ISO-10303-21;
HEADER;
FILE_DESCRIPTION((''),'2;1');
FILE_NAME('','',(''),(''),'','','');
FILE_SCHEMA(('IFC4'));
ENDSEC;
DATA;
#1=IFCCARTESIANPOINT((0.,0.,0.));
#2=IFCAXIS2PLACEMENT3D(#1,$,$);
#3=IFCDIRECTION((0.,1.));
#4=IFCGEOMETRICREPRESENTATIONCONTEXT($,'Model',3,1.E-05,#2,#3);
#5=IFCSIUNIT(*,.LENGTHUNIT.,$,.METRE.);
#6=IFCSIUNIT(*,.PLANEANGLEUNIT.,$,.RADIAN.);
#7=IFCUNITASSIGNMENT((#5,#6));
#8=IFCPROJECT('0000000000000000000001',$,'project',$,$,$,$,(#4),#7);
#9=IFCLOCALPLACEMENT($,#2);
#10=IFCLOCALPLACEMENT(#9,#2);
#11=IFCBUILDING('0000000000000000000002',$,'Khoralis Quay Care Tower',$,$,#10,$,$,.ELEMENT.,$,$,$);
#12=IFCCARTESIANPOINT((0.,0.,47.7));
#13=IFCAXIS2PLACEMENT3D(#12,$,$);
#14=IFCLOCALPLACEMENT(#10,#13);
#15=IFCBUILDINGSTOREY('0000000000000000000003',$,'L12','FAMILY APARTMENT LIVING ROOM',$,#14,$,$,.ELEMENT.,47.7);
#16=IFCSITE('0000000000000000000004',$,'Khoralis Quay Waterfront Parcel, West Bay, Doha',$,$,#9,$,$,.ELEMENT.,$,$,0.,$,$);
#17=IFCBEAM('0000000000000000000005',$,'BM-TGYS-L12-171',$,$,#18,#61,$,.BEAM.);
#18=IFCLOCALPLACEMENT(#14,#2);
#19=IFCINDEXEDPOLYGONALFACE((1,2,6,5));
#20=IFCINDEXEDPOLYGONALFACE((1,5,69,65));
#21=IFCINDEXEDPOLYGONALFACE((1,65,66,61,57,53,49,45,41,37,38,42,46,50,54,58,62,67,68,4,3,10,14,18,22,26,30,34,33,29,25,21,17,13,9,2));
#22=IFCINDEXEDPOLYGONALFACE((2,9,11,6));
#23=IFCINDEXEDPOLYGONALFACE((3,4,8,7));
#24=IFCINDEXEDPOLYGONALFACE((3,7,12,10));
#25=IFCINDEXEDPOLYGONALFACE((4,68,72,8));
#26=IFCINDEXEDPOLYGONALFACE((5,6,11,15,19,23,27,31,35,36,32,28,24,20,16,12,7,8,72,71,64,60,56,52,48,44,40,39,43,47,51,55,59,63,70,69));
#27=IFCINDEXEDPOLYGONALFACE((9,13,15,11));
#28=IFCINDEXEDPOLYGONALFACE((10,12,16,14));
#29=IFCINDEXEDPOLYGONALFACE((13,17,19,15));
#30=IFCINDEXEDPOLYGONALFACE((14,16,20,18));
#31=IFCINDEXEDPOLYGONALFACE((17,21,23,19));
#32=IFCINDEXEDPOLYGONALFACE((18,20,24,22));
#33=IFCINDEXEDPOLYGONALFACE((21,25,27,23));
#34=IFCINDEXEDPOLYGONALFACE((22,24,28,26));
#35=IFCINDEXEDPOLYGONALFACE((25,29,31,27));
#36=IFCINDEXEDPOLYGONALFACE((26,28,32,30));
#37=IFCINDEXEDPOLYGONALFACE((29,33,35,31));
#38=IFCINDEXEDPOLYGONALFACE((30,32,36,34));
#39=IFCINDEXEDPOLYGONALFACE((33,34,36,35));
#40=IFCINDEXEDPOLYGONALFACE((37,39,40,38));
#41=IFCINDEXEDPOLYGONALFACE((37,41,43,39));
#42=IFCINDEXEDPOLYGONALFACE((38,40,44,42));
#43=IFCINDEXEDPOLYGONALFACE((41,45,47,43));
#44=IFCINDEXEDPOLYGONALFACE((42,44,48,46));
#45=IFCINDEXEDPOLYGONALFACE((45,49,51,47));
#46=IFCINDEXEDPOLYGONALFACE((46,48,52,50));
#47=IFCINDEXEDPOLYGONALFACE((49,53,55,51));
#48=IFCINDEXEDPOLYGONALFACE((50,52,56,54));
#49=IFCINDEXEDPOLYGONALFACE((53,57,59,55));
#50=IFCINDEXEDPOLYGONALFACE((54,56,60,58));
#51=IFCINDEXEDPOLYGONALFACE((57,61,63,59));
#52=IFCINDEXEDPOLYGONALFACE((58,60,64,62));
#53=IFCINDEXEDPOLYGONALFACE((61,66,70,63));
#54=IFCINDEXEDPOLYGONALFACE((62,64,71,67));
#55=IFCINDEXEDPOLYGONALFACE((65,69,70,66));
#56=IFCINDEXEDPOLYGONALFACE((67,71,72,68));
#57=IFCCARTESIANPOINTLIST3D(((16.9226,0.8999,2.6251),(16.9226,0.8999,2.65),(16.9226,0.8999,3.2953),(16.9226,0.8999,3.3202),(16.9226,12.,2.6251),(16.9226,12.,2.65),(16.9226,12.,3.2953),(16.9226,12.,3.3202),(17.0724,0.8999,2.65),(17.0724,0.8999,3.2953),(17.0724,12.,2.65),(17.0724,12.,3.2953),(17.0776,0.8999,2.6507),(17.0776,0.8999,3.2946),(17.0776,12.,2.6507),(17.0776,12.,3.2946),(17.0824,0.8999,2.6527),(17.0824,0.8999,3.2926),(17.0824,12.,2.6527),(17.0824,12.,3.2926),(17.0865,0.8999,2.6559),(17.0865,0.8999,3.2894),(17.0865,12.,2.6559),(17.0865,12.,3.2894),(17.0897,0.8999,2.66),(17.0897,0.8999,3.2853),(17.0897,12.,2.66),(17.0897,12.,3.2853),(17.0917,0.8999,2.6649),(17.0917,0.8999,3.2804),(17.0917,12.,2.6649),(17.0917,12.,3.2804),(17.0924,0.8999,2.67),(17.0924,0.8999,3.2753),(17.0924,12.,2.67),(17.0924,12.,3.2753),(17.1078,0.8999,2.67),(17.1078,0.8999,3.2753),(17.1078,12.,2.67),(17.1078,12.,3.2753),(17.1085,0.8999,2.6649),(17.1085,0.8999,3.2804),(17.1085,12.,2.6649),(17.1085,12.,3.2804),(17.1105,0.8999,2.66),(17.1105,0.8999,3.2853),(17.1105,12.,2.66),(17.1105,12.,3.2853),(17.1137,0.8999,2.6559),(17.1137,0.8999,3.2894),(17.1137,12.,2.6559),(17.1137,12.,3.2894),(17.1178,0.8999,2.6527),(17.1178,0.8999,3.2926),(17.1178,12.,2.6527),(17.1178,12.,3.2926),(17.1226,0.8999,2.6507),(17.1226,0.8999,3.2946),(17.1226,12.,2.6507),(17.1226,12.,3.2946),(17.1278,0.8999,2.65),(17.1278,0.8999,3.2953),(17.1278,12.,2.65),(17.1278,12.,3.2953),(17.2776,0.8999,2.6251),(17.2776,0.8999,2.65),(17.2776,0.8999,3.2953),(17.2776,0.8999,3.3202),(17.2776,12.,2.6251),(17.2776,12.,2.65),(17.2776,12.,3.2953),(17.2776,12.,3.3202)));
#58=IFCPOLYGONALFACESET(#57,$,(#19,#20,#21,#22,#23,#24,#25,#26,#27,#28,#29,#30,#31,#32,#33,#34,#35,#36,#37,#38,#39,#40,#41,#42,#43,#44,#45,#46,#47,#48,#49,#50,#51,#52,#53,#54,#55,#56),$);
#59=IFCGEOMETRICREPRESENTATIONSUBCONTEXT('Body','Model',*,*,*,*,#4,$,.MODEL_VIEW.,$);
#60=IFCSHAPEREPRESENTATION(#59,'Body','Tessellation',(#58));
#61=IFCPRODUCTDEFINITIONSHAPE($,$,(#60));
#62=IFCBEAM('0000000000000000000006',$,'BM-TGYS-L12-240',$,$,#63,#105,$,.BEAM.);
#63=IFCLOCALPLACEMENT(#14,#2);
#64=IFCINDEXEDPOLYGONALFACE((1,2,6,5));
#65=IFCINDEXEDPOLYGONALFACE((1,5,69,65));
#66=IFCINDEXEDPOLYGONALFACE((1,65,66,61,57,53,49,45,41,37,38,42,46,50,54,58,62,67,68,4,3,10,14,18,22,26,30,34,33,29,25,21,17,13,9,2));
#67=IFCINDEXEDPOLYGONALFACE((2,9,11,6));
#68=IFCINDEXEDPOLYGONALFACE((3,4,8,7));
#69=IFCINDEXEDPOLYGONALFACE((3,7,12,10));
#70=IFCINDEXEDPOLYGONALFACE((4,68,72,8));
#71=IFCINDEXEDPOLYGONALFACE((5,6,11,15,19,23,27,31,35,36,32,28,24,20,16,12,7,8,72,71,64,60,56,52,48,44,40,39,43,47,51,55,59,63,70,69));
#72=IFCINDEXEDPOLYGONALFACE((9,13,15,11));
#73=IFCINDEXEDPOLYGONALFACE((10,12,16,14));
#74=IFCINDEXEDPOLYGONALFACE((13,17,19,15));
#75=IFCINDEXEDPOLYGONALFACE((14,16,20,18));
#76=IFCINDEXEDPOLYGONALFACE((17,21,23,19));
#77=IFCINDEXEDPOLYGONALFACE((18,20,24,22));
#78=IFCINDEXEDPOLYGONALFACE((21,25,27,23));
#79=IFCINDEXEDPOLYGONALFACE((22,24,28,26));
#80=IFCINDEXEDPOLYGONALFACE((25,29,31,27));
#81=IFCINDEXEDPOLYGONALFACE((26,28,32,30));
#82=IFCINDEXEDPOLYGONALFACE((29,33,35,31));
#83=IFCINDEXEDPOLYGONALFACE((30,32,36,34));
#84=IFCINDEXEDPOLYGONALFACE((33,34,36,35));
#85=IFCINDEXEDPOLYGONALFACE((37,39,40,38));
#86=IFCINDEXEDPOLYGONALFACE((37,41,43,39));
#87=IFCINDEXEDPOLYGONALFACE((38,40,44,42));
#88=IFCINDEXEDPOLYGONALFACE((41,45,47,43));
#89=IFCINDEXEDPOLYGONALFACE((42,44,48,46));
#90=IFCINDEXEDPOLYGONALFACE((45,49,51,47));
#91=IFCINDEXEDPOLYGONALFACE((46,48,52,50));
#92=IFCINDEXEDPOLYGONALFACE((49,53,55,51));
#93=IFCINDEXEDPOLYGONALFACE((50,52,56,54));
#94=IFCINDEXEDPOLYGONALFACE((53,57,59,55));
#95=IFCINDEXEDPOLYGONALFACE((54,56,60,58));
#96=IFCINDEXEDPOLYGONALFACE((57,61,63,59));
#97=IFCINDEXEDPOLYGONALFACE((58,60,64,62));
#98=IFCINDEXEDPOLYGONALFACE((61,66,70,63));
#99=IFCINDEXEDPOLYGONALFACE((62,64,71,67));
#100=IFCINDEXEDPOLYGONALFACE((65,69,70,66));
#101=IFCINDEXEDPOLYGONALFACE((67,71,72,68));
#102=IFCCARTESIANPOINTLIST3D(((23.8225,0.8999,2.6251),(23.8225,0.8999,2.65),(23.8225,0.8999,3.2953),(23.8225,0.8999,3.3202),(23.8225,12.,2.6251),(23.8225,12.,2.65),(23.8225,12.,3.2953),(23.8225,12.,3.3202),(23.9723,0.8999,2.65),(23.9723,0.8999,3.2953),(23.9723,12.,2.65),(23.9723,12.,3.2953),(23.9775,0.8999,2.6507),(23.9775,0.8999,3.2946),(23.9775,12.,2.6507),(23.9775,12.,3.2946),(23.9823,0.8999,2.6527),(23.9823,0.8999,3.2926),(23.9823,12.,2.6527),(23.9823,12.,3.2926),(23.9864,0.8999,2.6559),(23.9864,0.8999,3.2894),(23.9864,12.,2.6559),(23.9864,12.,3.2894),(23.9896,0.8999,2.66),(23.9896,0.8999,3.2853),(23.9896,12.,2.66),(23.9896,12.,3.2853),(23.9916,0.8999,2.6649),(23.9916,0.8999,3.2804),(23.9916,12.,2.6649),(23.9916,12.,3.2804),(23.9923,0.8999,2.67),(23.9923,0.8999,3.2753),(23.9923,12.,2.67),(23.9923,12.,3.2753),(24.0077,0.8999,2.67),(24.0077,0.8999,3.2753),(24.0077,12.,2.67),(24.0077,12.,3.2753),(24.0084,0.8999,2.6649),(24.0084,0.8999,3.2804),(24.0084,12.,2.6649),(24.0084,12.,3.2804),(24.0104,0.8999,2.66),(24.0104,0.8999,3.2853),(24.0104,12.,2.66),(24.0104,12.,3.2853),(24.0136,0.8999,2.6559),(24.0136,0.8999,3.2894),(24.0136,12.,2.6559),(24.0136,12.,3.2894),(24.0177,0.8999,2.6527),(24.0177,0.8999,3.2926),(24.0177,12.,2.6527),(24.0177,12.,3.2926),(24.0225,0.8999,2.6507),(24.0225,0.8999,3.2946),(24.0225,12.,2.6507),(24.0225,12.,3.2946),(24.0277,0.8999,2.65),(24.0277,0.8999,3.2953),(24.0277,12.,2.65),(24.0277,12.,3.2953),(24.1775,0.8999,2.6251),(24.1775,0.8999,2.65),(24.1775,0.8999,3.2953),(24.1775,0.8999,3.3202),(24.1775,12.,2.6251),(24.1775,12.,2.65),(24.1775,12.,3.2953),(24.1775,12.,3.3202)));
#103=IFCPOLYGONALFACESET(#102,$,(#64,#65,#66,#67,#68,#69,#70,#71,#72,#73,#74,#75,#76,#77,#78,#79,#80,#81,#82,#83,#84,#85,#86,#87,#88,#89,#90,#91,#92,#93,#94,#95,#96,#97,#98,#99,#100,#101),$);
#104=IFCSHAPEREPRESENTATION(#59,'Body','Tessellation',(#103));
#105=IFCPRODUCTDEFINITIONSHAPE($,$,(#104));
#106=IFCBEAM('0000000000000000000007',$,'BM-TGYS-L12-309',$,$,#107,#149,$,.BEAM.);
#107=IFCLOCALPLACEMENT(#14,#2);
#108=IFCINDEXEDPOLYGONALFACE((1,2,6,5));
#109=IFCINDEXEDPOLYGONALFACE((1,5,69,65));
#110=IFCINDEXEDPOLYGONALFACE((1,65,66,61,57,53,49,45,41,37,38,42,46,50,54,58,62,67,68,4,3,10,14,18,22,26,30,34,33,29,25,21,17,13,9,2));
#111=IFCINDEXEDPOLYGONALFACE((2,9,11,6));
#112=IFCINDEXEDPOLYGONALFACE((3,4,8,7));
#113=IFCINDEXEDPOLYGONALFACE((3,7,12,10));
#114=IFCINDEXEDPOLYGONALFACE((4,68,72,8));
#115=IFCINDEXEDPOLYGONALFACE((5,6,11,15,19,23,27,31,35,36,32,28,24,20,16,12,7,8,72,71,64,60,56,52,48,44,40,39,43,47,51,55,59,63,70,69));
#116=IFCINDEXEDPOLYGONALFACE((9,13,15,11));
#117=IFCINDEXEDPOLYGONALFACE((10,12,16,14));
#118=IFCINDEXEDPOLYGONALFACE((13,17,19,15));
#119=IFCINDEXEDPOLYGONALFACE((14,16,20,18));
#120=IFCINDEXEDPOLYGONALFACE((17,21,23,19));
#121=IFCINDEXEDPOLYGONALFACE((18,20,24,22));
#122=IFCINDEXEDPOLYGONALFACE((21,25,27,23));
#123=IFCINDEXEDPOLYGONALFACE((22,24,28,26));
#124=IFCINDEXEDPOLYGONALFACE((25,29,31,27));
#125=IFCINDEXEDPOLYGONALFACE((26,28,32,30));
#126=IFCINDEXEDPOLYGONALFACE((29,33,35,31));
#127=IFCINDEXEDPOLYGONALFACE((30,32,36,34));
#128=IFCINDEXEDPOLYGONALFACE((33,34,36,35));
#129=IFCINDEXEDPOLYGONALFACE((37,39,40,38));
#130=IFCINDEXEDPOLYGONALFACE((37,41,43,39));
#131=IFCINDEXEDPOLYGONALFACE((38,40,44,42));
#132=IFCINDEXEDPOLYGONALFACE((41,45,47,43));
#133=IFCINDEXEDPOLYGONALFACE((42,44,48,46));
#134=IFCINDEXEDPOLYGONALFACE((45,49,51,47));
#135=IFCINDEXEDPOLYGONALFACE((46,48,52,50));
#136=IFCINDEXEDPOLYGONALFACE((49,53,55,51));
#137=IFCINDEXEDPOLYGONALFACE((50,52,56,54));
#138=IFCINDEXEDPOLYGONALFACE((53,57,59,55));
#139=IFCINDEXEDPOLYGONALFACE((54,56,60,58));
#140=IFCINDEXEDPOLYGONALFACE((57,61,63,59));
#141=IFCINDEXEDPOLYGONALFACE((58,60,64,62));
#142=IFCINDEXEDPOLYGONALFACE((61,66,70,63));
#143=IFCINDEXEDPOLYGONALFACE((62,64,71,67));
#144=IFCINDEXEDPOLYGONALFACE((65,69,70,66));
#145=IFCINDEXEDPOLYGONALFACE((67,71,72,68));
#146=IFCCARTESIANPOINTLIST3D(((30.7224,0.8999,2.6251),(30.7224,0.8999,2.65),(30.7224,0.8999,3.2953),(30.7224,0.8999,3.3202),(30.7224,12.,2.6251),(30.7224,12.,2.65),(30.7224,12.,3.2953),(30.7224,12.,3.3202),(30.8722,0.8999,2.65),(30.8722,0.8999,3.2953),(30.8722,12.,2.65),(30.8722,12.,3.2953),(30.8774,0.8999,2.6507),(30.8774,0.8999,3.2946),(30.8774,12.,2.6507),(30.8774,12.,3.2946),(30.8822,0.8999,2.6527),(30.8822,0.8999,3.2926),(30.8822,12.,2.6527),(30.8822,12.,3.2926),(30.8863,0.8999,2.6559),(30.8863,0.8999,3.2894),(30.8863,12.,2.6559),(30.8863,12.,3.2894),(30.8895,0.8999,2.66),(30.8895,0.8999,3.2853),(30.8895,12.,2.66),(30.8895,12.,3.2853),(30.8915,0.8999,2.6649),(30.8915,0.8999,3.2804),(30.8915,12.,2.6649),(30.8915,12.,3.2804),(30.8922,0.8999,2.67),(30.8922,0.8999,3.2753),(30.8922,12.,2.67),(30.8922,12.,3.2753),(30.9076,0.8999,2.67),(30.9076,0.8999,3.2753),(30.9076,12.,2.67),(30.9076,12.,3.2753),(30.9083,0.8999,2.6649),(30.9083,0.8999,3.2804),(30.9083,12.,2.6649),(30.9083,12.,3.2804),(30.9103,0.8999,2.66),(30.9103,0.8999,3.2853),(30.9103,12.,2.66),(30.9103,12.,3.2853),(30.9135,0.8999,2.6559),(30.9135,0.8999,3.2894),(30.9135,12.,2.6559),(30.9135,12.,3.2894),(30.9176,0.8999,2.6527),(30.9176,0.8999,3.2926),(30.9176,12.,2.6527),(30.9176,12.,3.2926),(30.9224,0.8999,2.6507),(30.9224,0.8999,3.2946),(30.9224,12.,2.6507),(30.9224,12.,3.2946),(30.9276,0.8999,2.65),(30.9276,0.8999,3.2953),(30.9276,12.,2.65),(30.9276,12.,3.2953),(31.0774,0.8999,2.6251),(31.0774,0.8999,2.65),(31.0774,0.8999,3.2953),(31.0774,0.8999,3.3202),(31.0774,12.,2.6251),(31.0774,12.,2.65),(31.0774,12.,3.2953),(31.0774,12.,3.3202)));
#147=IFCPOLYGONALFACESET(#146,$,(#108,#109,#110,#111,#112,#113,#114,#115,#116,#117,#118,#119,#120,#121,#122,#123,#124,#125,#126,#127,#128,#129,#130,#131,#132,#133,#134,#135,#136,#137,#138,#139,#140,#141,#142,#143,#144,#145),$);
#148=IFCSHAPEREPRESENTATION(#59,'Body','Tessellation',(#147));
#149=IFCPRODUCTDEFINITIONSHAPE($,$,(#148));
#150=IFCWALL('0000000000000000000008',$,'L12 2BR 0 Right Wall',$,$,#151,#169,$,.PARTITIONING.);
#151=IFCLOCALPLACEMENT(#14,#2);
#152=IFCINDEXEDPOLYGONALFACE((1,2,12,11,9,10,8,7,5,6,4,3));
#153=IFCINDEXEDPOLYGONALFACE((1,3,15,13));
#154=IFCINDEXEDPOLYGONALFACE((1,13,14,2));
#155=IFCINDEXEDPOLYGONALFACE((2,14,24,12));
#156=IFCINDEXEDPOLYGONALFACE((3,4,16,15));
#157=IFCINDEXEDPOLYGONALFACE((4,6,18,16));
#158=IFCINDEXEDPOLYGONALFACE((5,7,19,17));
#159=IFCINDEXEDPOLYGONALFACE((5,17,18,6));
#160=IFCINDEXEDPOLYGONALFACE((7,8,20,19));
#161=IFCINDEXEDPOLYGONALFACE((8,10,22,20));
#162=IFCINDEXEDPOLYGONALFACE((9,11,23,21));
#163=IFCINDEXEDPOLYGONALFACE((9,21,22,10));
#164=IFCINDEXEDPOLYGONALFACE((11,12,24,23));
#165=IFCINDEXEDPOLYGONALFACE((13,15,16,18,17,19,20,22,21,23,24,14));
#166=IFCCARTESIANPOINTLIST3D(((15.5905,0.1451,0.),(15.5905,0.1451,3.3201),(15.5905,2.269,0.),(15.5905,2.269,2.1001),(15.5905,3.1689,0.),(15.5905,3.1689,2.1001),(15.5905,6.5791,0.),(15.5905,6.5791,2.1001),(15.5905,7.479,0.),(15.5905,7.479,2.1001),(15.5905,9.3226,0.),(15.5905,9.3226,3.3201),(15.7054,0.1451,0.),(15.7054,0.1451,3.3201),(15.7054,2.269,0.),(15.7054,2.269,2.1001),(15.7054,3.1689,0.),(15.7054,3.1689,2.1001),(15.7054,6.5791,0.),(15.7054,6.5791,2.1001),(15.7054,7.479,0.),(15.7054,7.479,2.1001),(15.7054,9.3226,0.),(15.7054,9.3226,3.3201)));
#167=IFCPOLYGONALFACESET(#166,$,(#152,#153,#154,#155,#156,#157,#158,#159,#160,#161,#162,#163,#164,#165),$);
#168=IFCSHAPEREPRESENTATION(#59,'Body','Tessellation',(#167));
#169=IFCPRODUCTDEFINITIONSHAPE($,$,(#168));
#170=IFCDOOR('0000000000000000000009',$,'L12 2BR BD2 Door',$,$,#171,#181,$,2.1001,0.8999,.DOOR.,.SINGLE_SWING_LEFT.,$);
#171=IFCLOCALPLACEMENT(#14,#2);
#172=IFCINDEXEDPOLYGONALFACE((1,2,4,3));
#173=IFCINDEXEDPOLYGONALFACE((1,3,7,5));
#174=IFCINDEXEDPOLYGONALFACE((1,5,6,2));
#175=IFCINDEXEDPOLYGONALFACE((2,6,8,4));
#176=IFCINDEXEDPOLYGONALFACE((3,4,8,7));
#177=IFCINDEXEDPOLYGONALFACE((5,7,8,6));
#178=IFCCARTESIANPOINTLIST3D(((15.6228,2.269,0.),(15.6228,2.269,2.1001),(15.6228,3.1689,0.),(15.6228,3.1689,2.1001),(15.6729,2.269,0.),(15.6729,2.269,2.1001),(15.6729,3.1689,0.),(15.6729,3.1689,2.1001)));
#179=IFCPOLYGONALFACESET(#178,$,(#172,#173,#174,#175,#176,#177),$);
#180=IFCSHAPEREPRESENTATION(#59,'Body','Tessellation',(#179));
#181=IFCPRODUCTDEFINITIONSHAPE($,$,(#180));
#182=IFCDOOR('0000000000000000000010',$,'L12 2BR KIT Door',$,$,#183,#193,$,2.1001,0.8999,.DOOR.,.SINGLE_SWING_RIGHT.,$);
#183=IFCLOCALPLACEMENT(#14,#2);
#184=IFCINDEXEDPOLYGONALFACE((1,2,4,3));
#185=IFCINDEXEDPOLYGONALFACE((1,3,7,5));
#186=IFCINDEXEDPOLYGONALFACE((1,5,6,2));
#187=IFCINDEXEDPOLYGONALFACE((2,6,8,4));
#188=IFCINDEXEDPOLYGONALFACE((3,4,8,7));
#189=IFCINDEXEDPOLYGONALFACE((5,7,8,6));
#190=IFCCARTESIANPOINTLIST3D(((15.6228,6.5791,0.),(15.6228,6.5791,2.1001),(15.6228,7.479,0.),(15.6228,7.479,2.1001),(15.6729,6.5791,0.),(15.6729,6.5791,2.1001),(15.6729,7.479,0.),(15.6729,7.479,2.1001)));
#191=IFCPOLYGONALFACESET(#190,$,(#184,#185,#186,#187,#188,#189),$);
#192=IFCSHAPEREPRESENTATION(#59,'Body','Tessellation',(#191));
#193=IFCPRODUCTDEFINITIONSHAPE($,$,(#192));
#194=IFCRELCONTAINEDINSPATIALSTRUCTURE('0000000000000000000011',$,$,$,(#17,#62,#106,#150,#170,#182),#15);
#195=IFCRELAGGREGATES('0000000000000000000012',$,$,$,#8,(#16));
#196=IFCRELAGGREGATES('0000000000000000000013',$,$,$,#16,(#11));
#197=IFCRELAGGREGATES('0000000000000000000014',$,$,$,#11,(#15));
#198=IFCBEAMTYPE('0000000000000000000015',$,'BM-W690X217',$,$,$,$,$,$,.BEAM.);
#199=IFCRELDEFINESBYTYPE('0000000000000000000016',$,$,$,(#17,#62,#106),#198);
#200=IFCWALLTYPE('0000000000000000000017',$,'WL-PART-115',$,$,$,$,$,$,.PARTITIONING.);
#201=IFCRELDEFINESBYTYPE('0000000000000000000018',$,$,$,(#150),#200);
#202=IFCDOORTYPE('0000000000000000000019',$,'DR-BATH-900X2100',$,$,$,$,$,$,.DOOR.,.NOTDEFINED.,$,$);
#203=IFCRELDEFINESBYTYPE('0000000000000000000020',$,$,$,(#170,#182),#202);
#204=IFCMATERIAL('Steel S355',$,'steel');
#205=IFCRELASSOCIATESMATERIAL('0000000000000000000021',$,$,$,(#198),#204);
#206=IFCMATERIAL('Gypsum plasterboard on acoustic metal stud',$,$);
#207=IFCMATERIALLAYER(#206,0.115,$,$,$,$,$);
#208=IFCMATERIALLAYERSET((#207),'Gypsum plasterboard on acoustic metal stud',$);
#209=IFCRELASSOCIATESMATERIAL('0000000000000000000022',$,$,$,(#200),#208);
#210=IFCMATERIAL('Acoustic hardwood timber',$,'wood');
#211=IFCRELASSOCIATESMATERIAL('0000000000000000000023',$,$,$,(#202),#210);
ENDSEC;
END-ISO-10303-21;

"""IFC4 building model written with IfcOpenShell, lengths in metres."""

from ifc_helpers import new_model, si_unit, direction, frame, frame_2d, origin, origin_2d, place, context, subcontext, project, spatial, rectangle, i_section, extrude, source, transform, mapped, material, layer, layer_set, material_profile, profile_set, type_object, element, fill, save


model = new_model("IFC4")

# Units and contexts
model_context = context("Model", 3, precision=1e-05, world=origin(), true_north=direction((0.0, 1.0)))
body_context = subcontext(model_context, "Body", "Model", "MODEL_VIEW")
ifc_project = project(units=[si_unit("LENGTHUNIT", "METRE"), si_unit("PLANEANGLEUNIT", "RADIAN")], contexts=[model_context])

# Site, building, storey
site_placement = place(None, origin())
site = spatial("IfcSite", under=ifc_project, at=site_placement, Name="Khoralis Quay Waterfront Parcel, West Bay, Doha", CompositionType="ELEMENT", RefElevation=0.0)
building_placement = place(site_placement, origin())
building = spatial("IfcBuilding", under=site, at=building_placement, Name="Khoralis Quay Care Tower", CompositionType="ELEMENT")
storey_placement = place(building_placement, frame((0.0, 0.0, 47.7)))
storey = spatial("IfcBuildingStorey", under=building, at=storey_placement, Name="L12", Description="FAMILY APARTMENT LIVING ROOM", CompositionType="ELEMENT", Elevation=47.7)

# Beams
ifc_material_1 = material(Name="Steel S355", Category="steel")
ifc_material_profile_1 = material_profile(ifc_material_1, i_section(OverallWidth=0.355, OverallDepth=0.6951, WebThickness=0.0154, FlangeThickness=0.0249, FilletRadius=0.02, at=origin_2d()), Name="Steel S355")
ifc_profile_set_1 = profile_set([ifc_material_profile_1], Name="Steel S355")
beam_type_1 = type_object("IfcBeamType", Name="BM-W690X217", PredefinedType="BEAM", material=ifc_profile_set_1)
shared_shape_1 = source(origin(), body_context, "Body", "SweptSolid", [
    extrude(i_section(OverallWidth=0.355, OverallDepth=0.6951, WebThickness=0.0154, FlangeThickness=0.0249, FilletRadius=0.02, at=origin_2d()), origin(), (0.0, 0.0, 1.0), 11.1001),
])
for number, where, z_axis, x_axis, name in (
    (1, (17.1001, 0.8999, 2.9727), (0.0, 1.0, 0.0), (-1.0, 0.0, 0.0), "BM-TGYS-L12-171"),
    (2, (24.0, 0.8999, 2.9727), (0.0, 1.0, 0.0), (-1.0, 0.0, 0.0), "BM-TGYS-L12-240"),
    (3, (30.8999, 0.8999, 2.9727), (0.0, 1.0, 0.0), (-1.0, 0.0, 0.0), "BM-TGYS-L12-309"),
):
    element("IfcBeam", number, at=place(storey_placement, frame(where, z_axis=z_axis, x_axis=x_axis)), inside=storey, type_object=beam_type_1, Name=name, PredefinedType="BEAM", context=body_context, shape_type="MappedRepresentation", body=[
        mapped(shared_shape_1, transform((0.0, 0.0, 0.0), scale=1.0)),
    ])

# Wall, openings, doors
ifc_material_2 = material(Name="Gypsum plasterboard on acoustic metal stud")
ifc_layer_1 = layer(ifc_material_2, 0.115)
ifc_layer_set_1 = layer_set([ifc_layer_1], Name="Gypsum plasterboard on acoustic metal stud")
wall_type_1 = type_object("IfcWallType", Name="WL-PART-115", PredefinedType="PARTITIONING", material=ifc_layer_set_1)
wall_1_placement = place(storey_placement, frame((15.6479, 0.145, 0.0), z_axis=(0.0, 0.0, 1.0), x_axis=(0.0, 1.0, 0.0)))
wall_1 = element("IfcWall", 4, at=wall_1_placement, inside=storey, type_object=wall_type_1, Name="L12 2BR 0 Right Wall", PredefinedType="PARTITIONING", context=body_context, shape_type="SweptSolid", body=[
    extrude(rectangle(XDim=9.1775, YDim=0.115, at=frame_2d((4.5889, 0.0))), origin(), (0.0, 0.0, 1.0), 3.3201),
])
opening_1_placement = place(wall_1_placement, frame((2.124, 0.0, 0.0)))
opening_1 = element("IfcOpeningElement", 5, at=opening_1_placement, cuts=wall_1, PredefinedType="OPENING", context=body_context, shape_type="SweptSolid", body=[
    extrude(rectangle(XDim=0.8999, YDim=2.1001, at=frame_2d((0.45, 1.05))), frame((0.0, 0.0674, 0.0), z_axis=(0.0, -1.0, 0.0), x_axis=(1.0, 0.0, 0.0)), (0.0, 0.0, 1.0), 0.135),
])
opening_2_placement = place(wall_1_placement, frame((6.4341, 0.0, 0.0)))
opening_2 = element("IfcOpeningElement", 6, at=opening_2_placement, cuts=wall_1, PredefinedType="OPENING", context=body_context, shape_type="SweptSolid", body=[
    extrude(rectangle(XDim=0.8999, YDim=2.1001, at=frame_2d((0.45, 1.05))), frame((0.0, 0.0674, 0.0), z_axis=(0.0, -1.0, 0.0), x_axis=(1.0, 0.0, 0.0)), (0.0, 0.0, 1.0), 0.135),
])
ifc_material_3 = material(Name="Acoustic hardwood timber", Category="wood")
door_type = type_object("IfcDoorType", Name="DR-BATH-900X2100", OperationType="NOTDEFINED", PredefinedType="DOOR", material=ifc_material_3)
shared_shape_2 = source(origin(), body_context, "Body", "SweptSolid", [
    extrude(rectangle(XDim=0.8999, YDim=2.1001, at=frame_2d((0.45, 1.05))), frame((0.0, 0.0249, 0.0), z_axis=(0.0, -1.0, 0.0), x_axis=(1.0, 0.0, 0.0)), (0.0, 0.0, 1.0), 0.05),
])
door_1_placement = place(opening_1_placement, frame((0.8999, 0.0, 0.0), z_axis=(0.0, 0.0, 1.0), x_axis=(-1.0, 0.0, 0.0)))
door_1 = element("IfcDoor", 7, at=door_1_placement, inside=storey, type_object=door_type, Name="L12 2BR BD2 Door", OperationType="SINGLE_SWING_LEFT", OverallHeight=2.1001, OverallWidth=0.8999, PredefinedType="DOOR", context=body_context, shape_type="MappedRepresentation", body=[
    mapped(shared_shape_2, transform((0.0, 0.0, 0.0), scale=1.0)),
])
fill(opening_1, door_1)
door_2_placement = place(opening_2_placement, frame((0.8999, 0.0, 0.0), z_axis=(0.0, 0.0, 1.0), x_axis=(-1.0, 0.0, 0.0)))
door_2 = element("IfcDoor", 8, at=door_2_placement, inside=storey, type_object=door_type, Name="L12 2BR KIT Door", OperationType="SINGLE_SWING_RIGHT", OverallHeight=2.1001, OverallWidth=0.8999, PredefinedType="DOOR", context=body_context, shape_type="MappedRepresentation", body=[
    mapped(shared_shape_2, transform((0.0, 0.0, 0.0), scale=1.0)),
])
fill(opening_2, door_2)

save(model, "model.ifc")
